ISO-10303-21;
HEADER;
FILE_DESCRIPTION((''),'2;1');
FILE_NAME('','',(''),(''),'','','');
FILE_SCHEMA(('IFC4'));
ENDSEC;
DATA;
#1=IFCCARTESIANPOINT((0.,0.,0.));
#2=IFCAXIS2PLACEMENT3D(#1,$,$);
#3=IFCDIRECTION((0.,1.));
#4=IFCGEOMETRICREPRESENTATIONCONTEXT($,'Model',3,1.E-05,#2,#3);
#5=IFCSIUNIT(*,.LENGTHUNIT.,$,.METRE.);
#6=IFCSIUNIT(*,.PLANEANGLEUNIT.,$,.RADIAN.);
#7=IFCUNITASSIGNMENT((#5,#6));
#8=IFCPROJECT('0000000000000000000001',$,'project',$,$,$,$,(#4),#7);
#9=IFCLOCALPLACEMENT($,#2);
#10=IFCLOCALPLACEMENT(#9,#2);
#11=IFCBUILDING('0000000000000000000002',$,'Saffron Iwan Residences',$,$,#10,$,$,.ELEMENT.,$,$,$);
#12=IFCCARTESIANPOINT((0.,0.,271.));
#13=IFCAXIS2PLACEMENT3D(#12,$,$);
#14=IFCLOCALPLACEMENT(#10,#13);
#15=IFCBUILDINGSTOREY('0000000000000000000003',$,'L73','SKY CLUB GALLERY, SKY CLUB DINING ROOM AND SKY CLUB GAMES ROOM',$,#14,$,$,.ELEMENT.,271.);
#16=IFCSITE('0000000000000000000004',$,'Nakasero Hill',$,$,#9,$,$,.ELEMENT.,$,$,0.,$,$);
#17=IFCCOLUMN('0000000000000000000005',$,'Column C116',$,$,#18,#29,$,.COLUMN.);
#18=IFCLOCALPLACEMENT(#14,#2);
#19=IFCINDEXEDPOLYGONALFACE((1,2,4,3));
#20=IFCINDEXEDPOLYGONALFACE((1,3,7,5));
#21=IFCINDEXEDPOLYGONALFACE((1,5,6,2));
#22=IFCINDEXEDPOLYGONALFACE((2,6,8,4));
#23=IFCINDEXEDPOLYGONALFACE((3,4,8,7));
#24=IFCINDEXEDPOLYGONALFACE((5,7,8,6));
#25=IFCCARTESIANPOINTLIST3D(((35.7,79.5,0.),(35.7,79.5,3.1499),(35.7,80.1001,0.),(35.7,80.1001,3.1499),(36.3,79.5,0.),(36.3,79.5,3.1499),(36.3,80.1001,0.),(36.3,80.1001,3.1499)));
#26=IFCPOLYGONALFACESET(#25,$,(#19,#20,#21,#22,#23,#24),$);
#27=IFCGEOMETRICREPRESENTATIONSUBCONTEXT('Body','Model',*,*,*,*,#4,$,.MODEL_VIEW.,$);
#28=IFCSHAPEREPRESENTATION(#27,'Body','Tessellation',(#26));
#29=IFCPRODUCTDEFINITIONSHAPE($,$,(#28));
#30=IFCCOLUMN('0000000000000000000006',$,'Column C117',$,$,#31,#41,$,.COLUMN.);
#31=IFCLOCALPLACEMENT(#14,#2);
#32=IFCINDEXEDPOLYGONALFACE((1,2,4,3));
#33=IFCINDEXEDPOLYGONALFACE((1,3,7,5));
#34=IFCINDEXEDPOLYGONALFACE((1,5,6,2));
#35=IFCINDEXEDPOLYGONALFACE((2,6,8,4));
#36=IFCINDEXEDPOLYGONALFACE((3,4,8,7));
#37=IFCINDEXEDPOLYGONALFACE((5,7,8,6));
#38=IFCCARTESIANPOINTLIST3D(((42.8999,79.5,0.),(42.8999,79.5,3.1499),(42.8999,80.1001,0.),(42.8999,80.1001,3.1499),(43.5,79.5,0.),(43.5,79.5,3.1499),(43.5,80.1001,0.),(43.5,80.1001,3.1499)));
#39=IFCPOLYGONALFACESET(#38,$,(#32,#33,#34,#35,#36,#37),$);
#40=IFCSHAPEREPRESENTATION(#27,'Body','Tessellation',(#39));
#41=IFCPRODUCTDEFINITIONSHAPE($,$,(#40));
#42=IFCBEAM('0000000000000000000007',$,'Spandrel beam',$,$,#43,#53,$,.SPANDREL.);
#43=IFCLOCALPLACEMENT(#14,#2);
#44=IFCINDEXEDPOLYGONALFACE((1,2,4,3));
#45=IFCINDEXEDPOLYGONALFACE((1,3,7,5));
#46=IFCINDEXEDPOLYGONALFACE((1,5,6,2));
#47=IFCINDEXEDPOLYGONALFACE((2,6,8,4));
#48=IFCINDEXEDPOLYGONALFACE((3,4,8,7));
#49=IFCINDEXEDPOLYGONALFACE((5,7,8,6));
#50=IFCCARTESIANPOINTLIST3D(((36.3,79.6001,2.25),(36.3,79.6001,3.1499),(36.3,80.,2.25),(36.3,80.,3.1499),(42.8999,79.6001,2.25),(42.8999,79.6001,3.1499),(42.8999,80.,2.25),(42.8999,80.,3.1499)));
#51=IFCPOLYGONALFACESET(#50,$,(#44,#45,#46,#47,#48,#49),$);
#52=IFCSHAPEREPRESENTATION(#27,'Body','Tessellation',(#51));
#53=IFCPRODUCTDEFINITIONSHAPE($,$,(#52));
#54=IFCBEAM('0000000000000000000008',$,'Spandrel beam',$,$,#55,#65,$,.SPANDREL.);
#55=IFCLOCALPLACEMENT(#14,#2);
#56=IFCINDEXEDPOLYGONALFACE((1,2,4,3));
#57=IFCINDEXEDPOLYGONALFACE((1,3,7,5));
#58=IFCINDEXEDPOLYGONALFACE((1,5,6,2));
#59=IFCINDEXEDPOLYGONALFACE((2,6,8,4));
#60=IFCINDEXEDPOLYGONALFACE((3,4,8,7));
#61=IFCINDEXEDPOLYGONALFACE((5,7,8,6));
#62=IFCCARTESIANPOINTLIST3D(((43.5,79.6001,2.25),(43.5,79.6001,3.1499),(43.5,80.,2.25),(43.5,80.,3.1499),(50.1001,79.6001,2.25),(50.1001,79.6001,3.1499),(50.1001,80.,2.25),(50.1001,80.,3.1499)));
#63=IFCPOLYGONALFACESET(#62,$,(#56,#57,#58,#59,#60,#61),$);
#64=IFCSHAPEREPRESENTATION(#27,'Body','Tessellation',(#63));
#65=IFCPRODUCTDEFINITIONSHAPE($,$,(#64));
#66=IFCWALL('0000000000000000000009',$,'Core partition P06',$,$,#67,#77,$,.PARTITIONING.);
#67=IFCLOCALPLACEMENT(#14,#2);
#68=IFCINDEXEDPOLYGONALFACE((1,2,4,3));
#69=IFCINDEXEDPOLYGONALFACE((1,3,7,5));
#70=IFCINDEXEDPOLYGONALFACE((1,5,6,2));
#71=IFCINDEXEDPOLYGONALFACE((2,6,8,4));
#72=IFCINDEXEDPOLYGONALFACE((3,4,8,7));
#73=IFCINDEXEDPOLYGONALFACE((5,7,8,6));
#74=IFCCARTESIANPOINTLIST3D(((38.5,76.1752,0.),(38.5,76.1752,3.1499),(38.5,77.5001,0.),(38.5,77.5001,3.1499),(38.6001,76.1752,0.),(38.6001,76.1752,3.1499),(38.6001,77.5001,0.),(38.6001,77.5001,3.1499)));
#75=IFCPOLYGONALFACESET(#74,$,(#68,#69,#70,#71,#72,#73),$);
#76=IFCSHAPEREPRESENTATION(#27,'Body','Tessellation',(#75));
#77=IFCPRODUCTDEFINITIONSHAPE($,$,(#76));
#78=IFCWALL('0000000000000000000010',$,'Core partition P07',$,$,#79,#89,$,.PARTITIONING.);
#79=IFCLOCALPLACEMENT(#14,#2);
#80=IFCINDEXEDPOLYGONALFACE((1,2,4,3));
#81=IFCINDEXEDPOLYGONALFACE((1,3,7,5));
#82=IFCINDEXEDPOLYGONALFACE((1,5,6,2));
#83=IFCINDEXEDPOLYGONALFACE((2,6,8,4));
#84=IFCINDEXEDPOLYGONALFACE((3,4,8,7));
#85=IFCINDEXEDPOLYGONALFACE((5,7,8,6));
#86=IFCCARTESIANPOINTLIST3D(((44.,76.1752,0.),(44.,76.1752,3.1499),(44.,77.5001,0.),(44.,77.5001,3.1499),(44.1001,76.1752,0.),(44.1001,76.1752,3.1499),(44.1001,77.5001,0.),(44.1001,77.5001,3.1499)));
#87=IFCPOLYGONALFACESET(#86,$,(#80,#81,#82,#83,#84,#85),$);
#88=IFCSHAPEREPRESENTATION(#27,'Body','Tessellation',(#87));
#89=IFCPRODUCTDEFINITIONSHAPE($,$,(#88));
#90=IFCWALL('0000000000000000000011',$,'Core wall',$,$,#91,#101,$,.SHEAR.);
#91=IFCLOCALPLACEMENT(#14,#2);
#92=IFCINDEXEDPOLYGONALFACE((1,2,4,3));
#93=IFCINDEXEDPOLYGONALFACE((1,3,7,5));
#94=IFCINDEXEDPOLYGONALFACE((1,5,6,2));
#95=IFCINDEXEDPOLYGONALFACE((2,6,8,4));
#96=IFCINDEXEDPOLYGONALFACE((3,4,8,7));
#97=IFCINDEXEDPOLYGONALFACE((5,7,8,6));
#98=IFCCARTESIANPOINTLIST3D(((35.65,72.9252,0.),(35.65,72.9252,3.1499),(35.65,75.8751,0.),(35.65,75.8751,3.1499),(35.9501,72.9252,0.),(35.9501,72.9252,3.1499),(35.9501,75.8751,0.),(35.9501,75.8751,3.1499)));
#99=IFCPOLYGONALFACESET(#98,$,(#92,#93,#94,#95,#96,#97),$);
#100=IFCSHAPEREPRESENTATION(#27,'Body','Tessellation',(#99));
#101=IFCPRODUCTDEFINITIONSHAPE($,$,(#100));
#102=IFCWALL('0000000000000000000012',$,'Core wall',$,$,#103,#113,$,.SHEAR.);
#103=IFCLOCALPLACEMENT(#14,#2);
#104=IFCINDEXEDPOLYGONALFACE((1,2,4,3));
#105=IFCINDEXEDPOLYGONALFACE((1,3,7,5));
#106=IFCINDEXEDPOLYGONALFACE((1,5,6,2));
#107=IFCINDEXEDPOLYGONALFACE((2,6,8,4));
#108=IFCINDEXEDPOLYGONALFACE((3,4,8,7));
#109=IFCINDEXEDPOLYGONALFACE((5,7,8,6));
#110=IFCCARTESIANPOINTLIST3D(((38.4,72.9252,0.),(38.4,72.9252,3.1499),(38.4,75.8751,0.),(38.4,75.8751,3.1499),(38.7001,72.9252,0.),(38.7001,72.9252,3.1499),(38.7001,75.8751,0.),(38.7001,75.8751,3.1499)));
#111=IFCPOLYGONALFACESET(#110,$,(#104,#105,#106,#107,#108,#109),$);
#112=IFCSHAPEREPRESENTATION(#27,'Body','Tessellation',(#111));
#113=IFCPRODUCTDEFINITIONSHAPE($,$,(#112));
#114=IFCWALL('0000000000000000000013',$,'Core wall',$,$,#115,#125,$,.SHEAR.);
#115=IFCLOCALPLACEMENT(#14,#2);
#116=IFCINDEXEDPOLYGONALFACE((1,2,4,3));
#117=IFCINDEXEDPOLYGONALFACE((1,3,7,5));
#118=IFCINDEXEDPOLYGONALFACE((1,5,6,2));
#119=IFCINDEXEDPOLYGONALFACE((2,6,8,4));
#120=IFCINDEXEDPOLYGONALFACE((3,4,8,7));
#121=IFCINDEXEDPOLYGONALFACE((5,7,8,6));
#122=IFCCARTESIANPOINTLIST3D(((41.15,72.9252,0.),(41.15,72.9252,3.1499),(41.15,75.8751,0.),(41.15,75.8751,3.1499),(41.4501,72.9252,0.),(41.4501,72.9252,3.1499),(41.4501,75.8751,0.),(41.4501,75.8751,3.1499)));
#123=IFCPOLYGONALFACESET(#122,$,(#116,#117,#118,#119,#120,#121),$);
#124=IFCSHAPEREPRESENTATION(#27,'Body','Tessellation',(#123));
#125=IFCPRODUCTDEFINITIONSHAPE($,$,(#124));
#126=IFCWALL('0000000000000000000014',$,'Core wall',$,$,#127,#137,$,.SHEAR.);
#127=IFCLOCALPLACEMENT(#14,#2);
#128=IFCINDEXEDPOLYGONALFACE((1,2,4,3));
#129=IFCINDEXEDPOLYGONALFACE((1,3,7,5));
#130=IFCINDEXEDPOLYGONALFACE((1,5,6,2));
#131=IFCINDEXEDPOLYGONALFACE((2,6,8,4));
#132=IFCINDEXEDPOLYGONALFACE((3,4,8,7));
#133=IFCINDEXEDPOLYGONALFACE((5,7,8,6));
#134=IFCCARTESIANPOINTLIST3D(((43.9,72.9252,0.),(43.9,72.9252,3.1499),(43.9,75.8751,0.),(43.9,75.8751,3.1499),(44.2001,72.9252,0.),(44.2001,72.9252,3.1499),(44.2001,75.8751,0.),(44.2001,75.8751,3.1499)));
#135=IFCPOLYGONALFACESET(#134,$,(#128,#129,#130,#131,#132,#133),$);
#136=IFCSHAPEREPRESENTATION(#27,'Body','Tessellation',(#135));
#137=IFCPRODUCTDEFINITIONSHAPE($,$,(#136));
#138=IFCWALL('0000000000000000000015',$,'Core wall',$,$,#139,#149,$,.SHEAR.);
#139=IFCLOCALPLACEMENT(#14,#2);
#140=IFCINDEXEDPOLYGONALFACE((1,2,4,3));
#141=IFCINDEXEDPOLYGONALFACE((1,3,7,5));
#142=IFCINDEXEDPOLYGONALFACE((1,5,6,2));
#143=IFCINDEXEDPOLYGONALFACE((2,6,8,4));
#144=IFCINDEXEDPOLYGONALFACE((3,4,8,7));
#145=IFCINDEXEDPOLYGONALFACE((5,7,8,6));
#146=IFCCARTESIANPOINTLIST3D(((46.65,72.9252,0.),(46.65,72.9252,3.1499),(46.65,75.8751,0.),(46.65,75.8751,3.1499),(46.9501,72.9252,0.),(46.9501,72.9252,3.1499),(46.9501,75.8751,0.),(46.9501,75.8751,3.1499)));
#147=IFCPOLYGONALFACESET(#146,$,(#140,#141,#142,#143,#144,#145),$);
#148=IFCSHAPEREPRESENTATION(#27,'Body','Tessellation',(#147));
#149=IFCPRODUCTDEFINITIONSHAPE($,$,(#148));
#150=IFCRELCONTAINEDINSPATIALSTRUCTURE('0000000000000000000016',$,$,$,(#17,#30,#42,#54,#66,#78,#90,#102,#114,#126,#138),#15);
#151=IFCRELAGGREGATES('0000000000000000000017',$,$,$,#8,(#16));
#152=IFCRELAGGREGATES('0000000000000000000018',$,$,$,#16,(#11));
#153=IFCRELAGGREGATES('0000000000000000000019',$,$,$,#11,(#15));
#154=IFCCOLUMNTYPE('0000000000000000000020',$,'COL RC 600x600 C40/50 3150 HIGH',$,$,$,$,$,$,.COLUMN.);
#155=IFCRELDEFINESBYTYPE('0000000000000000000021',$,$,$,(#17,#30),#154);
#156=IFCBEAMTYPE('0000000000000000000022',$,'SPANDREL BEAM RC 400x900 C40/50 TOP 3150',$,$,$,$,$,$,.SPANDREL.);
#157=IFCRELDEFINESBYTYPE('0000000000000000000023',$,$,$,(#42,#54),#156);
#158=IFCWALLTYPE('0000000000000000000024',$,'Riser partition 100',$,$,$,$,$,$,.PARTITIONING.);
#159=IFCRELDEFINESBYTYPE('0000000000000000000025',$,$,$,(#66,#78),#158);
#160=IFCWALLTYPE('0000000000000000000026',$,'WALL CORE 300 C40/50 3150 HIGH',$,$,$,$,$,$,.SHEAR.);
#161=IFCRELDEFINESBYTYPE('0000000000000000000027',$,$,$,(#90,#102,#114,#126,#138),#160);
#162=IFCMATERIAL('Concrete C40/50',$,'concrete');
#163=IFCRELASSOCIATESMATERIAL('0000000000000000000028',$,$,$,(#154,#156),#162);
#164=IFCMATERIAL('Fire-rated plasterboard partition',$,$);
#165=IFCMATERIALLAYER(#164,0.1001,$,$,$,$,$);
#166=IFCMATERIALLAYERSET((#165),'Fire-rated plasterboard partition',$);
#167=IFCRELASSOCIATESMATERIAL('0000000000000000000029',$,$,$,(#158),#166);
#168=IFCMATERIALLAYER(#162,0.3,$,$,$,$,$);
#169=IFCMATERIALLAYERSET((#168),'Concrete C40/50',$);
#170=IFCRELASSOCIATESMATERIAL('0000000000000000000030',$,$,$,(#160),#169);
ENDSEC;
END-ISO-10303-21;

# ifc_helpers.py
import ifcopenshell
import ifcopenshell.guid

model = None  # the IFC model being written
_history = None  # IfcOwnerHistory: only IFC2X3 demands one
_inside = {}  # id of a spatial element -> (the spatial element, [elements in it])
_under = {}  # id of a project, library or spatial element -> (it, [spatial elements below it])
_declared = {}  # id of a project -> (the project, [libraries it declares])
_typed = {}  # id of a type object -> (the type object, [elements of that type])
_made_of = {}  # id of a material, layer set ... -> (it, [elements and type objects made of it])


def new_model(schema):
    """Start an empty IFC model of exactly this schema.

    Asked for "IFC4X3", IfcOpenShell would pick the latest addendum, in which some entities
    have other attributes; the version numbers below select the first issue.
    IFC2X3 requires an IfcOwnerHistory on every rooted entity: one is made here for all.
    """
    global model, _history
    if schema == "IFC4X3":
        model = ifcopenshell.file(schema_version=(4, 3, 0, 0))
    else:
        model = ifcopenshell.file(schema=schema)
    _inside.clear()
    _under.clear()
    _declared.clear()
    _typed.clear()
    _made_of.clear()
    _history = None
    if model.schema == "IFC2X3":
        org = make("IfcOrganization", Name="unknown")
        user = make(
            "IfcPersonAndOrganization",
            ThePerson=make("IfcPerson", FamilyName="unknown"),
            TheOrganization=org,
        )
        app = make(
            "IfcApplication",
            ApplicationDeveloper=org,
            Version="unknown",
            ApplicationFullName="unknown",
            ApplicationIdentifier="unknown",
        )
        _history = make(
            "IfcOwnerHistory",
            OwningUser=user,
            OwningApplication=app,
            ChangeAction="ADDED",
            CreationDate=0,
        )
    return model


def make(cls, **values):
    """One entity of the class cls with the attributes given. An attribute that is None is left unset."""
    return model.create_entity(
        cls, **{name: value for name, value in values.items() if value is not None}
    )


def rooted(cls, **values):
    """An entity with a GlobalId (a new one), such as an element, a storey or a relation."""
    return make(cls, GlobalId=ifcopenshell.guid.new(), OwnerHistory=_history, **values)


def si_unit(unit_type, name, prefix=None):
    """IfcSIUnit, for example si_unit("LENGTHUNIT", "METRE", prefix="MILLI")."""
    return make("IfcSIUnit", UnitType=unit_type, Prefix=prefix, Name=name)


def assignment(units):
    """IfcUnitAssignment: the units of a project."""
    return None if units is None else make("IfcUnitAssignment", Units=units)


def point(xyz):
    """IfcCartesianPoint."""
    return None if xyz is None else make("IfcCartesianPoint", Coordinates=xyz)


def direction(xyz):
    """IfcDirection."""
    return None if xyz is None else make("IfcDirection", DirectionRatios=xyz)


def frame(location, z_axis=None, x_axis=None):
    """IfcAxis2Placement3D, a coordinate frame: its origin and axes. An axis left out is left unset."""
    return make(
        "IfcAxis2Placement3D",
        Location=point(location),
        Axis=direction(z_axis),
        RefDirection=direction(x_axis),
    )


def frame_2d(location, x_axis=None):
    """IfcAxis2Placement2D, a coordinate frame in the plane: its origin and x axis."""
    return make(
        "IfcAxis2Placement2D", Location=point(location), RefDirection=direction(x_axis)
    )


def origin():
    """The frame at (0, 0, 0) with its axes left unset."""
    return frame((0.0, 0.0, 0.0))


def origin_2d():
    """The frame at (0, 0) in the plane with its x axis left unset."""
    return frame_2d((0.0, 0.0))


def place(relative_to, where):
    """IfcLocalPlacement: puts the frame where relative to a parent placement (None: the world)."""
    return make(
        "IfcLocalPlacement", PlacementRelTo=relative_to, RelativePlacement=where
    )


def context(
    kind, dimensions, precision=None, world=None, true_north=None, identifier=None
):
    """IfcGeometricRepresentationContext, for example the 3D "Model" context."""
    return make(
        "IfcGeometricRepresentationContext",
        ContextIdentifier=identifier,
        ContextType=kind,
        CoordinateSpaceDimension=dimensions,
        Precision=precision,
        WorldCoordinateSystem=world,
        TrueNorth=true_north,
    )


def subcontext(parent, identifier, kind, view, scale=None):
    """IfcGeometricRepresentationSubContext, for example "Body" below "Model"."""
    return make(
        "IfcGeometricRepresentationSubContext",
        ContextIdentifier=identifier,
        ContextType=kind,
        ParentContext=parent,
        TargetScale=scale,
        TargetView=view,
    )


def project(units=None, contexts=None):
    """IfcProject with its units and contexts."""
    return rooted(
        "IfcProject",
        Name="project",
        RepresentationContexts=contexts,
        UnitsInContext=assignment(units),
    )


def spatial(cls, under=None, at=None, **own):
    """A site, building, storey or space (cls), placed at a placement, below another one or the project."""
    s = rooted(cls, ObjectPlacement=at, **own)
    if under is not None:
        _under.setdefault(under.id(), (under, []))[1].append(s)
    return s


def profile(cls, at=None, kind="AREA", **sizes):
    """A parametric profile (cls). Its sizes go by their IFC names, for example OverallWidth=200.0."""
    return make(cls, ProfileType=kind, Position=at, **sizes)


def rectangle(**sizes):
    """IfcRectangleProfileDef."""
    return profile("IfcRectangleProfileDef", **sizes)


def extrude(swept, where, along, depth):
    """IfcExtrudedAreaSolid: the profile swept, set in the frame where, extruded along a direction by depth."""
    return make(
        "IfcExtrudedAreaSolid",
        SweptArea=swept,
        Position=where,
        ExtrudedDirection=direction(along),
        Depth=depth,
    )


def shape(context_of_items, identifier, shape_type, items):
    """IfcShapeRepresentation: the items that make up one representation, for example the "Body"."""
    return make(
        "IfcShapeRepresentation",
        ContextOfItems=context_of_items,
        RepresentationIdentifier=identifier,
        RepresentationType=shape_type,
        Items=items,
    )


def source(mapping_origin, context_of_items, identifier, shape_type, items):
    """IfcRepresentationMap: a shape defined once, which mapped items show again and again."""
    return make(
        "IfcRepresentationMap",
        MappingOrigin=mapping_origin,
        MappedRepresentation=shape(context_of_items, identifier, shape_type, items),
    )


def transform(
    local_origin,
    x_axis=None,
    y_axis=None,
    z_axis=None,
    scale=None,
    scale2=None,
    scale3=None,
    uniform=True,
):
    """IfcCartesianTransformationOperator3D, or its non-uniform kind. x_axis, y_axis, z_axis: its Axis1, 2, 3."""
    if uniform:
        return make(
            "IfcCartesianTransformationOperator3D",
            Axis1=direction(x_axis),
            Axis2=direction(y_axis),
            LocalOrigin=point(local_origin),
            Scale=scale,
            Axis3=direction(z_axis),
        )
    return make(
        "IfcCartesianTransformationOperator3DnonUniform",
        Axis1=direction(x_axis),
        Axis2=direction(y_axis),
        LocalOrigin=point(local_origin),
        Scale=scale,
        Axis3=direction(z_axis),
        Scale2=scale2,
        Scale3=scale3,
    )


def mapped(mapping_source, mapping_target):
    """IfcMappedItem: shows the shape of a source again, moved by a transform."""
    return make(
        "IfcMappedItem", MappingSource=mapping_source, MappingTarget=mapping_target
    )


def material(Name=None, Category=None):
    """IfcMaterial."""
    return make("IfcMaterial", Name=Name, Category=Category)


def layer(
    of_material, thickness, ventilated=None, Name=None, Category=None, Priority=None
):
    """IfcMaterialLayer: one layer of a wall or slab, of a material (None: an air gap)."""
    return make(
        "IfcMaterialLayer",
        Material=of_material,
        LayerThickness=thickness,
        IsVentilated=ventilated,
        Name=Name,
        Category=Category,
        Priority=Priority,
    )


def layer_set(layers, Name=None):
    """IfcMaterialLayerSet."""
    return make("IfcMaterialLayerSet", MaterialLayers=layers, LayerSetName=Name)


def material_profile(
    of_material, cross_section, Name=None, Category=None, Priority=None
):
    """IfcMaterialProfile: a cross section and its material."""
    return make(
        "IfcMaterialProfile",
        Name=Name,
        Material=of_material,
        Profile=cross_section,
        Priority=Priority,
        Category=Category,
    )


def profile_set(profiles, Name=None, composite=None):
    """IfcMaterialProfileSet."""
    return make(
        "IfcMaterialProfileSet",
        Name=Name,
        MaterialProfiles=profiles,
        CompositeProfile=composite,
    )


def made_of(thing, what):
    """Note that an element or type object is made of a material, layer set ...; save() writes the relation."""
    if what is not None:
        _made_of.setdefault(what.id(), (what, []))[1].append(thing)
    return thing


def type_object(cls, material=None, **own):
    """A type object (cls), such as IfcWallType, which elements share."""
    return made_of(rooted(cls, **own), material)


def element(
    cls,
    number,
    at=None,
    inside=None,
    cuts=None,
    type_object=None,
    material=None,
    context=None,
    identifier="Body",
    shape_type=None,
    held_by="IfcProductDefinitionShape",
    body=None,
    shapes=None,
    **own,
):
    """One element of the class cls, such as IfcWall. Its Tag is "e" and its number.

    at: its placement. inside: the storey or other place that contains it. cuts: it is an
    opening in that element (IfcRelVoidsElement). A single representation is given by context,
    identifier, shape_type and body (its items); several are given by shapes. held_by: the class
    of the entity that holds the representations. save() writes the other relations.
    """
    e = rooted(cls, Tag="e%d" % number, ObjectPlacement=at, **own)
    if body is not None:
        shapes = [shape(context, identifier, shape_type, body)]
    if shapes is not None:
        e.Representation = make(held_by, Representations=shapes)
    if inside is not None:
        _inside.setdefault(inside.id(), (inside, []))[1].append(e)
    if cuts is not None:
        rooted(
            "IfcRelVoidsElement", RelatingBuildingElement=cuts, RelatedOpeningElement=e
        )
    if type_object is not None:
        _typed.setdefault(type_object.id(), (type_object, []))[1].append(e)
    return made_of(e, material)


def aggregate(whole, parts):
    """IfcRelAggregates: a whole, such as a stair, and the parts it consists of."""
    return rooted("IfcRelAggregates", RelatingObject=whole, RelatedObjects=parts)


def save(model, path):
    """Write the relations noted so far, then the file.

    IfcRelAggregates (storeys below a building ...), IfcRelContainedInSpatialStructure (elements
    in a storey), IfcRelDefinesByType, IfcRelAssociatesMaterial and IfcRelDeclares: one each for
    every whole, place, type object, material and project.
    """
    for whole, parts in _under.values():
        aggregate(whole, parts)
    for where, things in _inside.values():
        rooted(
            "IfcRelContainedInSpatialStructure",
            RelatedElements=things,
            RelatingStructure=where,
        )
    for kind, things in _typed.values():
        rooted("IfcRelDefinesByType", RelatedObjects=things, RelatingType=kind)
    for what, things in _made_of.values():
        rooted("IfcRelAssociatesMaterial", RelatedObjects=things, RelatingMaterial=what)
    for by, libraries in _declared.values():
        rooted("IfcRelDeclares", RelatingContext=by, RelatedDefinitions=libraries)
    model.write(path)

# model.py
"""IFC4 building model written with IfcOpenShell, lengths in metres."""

from ifc_helpers import new_model, si_unit, direction, frame, frame_2d, origin, origin_2d, place, context, subcontext, project, spatial, rectangle, extrude, source, transform, mapped, material, layer, layer_set, material_profile, profile_set, type_object, element, save


model = new_model("IFC4")

# Units and contexts
model_context = context("Model", 3, precision=1e-05, world=origin(), true_north=direction((0.0, 1.0)))
body_context = subcontext(model_context, "Body", "Model", "MODEL_VIEW")
ifc_project = project(units=[si_unit("LENGTHUNIT", "METRE"), si_unit("PLANEANGLEUNIT", "RADIAN")], contexts=[model_context])

# Site, building, storey
site_placement = place(None, origin())
site = spatial("IfcSite", under=ifc_project, at=site_placement, Name="Nakasero Hill", CompositionType="ELEMENT", RefElevation=0.0)
building_placement = place(site_placement, origin())
building = spatial("IfcBuilding", under=site, at=building_placement, Name="Saffron Iwan Residences", CompositionType="ELEMENT")
storey_placement = place(building_placement, frame((0.0, 0.0, 271.0)))
storey = spatial("IfcBuildingStorey", under=building, at=storey_placement, Name="L73", Description="SKY CLUB GALLERY, SKY CLUB DINING ROOM AND SKY CLUB GAMES ROOM", CompositionType="ELEMENT", Elevation=271.0)

# Columns
ifc_material_1 = material(Name="Concrete C40/50", Category="concrete")
ifc_material_profile_1 = material_profile(ifc_material_1, rectangle(XDim=0.6001, YDim=0.6001, at=origin_2d()), Name="RC 600x600")
ifc_profile_set_1 = profile_set([ifc_material_profile_1], Name="Concrete C40/50")
column_type = type_object("IfcColumnType", Name="COL RC 600x600 C40/50 3150 HIGH", PredefinedType="COLUMN", material=ifc_profile_set_1)
shared_shape_1 = source(origin(), body_context, "Body", "SweptSolid", [
    extrude(rectangle(XDim=0.6001, YDim=0.6001, at=origin_2d()), origin(), (0.0, 0.0, 1.0), 3.1499),
])
for number, where, z_axis, x_axis, name in (
    (1, (36.0, 79.8, 0.0), (0.0, 0.0, 1.0), (1.0, 0.0, 0.0), "Column C116"),
    (2, (43.2, 79.8, 0.0), (0.0, 0.0, 1.0), (1.0, 0.0, 0.0), "Column C117"),
):
    element("IfcColumn", number, at=place(storey_placement, frame(where, z_axis=z_axis, x_axis=x_axis)), inside=storey, type_object=column_type, Name=name, PredefinedType="COLUMN", context=body_context, shape_type="MappedRepresentation", body=[
        mapped(shared_shape_1, transform((0.0, 0.0, 0.0))),
    ])

# Beams
ifc_material_profile_2 = material_profile(ifc_material_1, rectangle(XDim=0.3999, YDim=0.8999, at=origin_2d()), Name="RC 400x900")
ifc_profile_set_2 = profile_set([ifc_material_profile_2], Name="Concrete C40/50")
beam_type = type_object("IfcBeamType", Name="SPANDREL BEAM RC 400x900 C40/50 TOP 3150", PredefinedType="SPANDREL", material=ifc_profile_set_2)
shared_shape_2 = source(origin(), body_context, "Body", "SweptSolid", [
    extrude(rectangle(XDim=0.3999, YDim=0.8999, at=origin_2d()), origin(), (0.0, 0.0, 1.0), 6.5999),
])
beam_1_placement = place(storey_placement, frame((36.3, 79.8, 2.7), z_axis=(1.0, 0.0, 0.0), x_axis=(0.0, 1.0, 0.0)))
element("IfcBeam", 3, at=beam_1_placement, inside=storey, type_object=beam_type, Name="Spandrel beam", PredefinedType="SPANDREL", context=body_context, shape_type="MappedRepresentation", body=[
    mapped(shared_shape_2, transform((0.0, 0.0, 0.0))),
])
shared_shape_3 = source(origin(), body_context, "Body", "SweptSolid", [
    extrude(rectangle(XDim=0.3999, YDim=0.8999, at=origin_2d()), origin(), (0.0, 0.0, 1.0), 6.6001),
])
beam_2_placement = place(storey_placement, frame((43.5, 79.8, 2.7), z_axis=(1.0, 0.0, 0.0), x_axis=(0.0, 1.0, 0.0)))
element("IfcBeam", 4, at=beam_2_placement, inside=storey, type_object=beam_type, Name="Spandrel beam", PredefinedType="SPANDREL", context=body_context, shape_type="MappedRepresentation", body=[
    mapped(shared_shape_3, transform((0.0, 0.0, 0.0))),
])

# Walls
ifc_material_2 = material(Name="Fire-rated plasterboard partition")
ifc_layer_1 = layer(ifc_material_2, 0.1001)
ifc_layer_set_1 = layer_set([ifc_layer_1], Name="Fire-rated plasterboard partition")
wall_type_1 = type_object("IfcWallType", Name="Riser partition 100", PredefinedType="PARTITIONING", material=ifc_layer_set_1)
for number, where, z_axis, x_axis, name in (
    (5, (38.55, 76.175, 0.0), (0.0, 0.0, 1.0), (0.0, 1.0, 0.0), "Core partition P06"),
    (6, (44.05, 76.175, 0.0), (0.0, 0.0, 1.0), (0.0, 1.0, 0.0), "Core partition P07"),
):
    element("IfcWall", number, at=place(storey_placement, frame(where, z_axis=z_axis, x_axis=x_axis)), inside=storey, type_object=wall_type_1, Name=name, PredefinedType="PARTITIONING", context=body_context, shape_type="SweptSolid", body=[
        extrude(rectangle(XDim=1.325, YDim=0.1001, at=frame_2d((0.6626, 0.0))), origin(), (0.0, 0.0, 1.0), 3.1499),
    ])
ifc_layer_2 = layer(ifc_material_1, 0.3)
ifc_layer_set_2 = layer_set([ifc_layer_2], Name="Concrete C40/50")
wall_type_2 = type_object("IfcWallType", Name="WALL CORE 300 C40/50 3150 HIGH", PredefinedType="SHEAR", material=ifc_layer_set_2)
for number, where, z_axis, x_axis, name in (
    (7, (35.8, 72.925, 0.0), (0.0, 0.0, 1.0), (0.0, 1.0, 0.0), "Core wall"),
    (8, (38.55, 72.925, 0.0), (0.0, 0.0, 1.0), (0.0, 1.0, 0.0), "Core wall"),
    (9, (41.3, 72.925, 0.0), (0.0, 0.0, 1.0), (0.0, 1.0, 0.0), "Core wall"),
    (10, (44.05, 72.925, 0.0), (0.0, 0.0, 1.0), (0.0, 1.0, 0.0), "Core wall"),
    (11, (46.8, 72.925, 0.0), (0.0, 0.0, 1.0), (0.0, 1.0, 0.0), "Core wall"),
):
    element("IfcWall", number, at=place(storey_placement, frame(where, z_axis=z_axis, x_axis=x_axis)), inside=storey, type_object=wall_type_2, Name=name, PredefinedType="SHEAR", context=body_context, shape_type="SweptSolid", body=[
        extrude(rectangle(XDim=2.95, YDim=0.3, at=frame_2d((1.4751, 0.0))), origin(), (0.0, 0.0, 1.0), 3.1499),
    ])

save(model, "model.ifc")
